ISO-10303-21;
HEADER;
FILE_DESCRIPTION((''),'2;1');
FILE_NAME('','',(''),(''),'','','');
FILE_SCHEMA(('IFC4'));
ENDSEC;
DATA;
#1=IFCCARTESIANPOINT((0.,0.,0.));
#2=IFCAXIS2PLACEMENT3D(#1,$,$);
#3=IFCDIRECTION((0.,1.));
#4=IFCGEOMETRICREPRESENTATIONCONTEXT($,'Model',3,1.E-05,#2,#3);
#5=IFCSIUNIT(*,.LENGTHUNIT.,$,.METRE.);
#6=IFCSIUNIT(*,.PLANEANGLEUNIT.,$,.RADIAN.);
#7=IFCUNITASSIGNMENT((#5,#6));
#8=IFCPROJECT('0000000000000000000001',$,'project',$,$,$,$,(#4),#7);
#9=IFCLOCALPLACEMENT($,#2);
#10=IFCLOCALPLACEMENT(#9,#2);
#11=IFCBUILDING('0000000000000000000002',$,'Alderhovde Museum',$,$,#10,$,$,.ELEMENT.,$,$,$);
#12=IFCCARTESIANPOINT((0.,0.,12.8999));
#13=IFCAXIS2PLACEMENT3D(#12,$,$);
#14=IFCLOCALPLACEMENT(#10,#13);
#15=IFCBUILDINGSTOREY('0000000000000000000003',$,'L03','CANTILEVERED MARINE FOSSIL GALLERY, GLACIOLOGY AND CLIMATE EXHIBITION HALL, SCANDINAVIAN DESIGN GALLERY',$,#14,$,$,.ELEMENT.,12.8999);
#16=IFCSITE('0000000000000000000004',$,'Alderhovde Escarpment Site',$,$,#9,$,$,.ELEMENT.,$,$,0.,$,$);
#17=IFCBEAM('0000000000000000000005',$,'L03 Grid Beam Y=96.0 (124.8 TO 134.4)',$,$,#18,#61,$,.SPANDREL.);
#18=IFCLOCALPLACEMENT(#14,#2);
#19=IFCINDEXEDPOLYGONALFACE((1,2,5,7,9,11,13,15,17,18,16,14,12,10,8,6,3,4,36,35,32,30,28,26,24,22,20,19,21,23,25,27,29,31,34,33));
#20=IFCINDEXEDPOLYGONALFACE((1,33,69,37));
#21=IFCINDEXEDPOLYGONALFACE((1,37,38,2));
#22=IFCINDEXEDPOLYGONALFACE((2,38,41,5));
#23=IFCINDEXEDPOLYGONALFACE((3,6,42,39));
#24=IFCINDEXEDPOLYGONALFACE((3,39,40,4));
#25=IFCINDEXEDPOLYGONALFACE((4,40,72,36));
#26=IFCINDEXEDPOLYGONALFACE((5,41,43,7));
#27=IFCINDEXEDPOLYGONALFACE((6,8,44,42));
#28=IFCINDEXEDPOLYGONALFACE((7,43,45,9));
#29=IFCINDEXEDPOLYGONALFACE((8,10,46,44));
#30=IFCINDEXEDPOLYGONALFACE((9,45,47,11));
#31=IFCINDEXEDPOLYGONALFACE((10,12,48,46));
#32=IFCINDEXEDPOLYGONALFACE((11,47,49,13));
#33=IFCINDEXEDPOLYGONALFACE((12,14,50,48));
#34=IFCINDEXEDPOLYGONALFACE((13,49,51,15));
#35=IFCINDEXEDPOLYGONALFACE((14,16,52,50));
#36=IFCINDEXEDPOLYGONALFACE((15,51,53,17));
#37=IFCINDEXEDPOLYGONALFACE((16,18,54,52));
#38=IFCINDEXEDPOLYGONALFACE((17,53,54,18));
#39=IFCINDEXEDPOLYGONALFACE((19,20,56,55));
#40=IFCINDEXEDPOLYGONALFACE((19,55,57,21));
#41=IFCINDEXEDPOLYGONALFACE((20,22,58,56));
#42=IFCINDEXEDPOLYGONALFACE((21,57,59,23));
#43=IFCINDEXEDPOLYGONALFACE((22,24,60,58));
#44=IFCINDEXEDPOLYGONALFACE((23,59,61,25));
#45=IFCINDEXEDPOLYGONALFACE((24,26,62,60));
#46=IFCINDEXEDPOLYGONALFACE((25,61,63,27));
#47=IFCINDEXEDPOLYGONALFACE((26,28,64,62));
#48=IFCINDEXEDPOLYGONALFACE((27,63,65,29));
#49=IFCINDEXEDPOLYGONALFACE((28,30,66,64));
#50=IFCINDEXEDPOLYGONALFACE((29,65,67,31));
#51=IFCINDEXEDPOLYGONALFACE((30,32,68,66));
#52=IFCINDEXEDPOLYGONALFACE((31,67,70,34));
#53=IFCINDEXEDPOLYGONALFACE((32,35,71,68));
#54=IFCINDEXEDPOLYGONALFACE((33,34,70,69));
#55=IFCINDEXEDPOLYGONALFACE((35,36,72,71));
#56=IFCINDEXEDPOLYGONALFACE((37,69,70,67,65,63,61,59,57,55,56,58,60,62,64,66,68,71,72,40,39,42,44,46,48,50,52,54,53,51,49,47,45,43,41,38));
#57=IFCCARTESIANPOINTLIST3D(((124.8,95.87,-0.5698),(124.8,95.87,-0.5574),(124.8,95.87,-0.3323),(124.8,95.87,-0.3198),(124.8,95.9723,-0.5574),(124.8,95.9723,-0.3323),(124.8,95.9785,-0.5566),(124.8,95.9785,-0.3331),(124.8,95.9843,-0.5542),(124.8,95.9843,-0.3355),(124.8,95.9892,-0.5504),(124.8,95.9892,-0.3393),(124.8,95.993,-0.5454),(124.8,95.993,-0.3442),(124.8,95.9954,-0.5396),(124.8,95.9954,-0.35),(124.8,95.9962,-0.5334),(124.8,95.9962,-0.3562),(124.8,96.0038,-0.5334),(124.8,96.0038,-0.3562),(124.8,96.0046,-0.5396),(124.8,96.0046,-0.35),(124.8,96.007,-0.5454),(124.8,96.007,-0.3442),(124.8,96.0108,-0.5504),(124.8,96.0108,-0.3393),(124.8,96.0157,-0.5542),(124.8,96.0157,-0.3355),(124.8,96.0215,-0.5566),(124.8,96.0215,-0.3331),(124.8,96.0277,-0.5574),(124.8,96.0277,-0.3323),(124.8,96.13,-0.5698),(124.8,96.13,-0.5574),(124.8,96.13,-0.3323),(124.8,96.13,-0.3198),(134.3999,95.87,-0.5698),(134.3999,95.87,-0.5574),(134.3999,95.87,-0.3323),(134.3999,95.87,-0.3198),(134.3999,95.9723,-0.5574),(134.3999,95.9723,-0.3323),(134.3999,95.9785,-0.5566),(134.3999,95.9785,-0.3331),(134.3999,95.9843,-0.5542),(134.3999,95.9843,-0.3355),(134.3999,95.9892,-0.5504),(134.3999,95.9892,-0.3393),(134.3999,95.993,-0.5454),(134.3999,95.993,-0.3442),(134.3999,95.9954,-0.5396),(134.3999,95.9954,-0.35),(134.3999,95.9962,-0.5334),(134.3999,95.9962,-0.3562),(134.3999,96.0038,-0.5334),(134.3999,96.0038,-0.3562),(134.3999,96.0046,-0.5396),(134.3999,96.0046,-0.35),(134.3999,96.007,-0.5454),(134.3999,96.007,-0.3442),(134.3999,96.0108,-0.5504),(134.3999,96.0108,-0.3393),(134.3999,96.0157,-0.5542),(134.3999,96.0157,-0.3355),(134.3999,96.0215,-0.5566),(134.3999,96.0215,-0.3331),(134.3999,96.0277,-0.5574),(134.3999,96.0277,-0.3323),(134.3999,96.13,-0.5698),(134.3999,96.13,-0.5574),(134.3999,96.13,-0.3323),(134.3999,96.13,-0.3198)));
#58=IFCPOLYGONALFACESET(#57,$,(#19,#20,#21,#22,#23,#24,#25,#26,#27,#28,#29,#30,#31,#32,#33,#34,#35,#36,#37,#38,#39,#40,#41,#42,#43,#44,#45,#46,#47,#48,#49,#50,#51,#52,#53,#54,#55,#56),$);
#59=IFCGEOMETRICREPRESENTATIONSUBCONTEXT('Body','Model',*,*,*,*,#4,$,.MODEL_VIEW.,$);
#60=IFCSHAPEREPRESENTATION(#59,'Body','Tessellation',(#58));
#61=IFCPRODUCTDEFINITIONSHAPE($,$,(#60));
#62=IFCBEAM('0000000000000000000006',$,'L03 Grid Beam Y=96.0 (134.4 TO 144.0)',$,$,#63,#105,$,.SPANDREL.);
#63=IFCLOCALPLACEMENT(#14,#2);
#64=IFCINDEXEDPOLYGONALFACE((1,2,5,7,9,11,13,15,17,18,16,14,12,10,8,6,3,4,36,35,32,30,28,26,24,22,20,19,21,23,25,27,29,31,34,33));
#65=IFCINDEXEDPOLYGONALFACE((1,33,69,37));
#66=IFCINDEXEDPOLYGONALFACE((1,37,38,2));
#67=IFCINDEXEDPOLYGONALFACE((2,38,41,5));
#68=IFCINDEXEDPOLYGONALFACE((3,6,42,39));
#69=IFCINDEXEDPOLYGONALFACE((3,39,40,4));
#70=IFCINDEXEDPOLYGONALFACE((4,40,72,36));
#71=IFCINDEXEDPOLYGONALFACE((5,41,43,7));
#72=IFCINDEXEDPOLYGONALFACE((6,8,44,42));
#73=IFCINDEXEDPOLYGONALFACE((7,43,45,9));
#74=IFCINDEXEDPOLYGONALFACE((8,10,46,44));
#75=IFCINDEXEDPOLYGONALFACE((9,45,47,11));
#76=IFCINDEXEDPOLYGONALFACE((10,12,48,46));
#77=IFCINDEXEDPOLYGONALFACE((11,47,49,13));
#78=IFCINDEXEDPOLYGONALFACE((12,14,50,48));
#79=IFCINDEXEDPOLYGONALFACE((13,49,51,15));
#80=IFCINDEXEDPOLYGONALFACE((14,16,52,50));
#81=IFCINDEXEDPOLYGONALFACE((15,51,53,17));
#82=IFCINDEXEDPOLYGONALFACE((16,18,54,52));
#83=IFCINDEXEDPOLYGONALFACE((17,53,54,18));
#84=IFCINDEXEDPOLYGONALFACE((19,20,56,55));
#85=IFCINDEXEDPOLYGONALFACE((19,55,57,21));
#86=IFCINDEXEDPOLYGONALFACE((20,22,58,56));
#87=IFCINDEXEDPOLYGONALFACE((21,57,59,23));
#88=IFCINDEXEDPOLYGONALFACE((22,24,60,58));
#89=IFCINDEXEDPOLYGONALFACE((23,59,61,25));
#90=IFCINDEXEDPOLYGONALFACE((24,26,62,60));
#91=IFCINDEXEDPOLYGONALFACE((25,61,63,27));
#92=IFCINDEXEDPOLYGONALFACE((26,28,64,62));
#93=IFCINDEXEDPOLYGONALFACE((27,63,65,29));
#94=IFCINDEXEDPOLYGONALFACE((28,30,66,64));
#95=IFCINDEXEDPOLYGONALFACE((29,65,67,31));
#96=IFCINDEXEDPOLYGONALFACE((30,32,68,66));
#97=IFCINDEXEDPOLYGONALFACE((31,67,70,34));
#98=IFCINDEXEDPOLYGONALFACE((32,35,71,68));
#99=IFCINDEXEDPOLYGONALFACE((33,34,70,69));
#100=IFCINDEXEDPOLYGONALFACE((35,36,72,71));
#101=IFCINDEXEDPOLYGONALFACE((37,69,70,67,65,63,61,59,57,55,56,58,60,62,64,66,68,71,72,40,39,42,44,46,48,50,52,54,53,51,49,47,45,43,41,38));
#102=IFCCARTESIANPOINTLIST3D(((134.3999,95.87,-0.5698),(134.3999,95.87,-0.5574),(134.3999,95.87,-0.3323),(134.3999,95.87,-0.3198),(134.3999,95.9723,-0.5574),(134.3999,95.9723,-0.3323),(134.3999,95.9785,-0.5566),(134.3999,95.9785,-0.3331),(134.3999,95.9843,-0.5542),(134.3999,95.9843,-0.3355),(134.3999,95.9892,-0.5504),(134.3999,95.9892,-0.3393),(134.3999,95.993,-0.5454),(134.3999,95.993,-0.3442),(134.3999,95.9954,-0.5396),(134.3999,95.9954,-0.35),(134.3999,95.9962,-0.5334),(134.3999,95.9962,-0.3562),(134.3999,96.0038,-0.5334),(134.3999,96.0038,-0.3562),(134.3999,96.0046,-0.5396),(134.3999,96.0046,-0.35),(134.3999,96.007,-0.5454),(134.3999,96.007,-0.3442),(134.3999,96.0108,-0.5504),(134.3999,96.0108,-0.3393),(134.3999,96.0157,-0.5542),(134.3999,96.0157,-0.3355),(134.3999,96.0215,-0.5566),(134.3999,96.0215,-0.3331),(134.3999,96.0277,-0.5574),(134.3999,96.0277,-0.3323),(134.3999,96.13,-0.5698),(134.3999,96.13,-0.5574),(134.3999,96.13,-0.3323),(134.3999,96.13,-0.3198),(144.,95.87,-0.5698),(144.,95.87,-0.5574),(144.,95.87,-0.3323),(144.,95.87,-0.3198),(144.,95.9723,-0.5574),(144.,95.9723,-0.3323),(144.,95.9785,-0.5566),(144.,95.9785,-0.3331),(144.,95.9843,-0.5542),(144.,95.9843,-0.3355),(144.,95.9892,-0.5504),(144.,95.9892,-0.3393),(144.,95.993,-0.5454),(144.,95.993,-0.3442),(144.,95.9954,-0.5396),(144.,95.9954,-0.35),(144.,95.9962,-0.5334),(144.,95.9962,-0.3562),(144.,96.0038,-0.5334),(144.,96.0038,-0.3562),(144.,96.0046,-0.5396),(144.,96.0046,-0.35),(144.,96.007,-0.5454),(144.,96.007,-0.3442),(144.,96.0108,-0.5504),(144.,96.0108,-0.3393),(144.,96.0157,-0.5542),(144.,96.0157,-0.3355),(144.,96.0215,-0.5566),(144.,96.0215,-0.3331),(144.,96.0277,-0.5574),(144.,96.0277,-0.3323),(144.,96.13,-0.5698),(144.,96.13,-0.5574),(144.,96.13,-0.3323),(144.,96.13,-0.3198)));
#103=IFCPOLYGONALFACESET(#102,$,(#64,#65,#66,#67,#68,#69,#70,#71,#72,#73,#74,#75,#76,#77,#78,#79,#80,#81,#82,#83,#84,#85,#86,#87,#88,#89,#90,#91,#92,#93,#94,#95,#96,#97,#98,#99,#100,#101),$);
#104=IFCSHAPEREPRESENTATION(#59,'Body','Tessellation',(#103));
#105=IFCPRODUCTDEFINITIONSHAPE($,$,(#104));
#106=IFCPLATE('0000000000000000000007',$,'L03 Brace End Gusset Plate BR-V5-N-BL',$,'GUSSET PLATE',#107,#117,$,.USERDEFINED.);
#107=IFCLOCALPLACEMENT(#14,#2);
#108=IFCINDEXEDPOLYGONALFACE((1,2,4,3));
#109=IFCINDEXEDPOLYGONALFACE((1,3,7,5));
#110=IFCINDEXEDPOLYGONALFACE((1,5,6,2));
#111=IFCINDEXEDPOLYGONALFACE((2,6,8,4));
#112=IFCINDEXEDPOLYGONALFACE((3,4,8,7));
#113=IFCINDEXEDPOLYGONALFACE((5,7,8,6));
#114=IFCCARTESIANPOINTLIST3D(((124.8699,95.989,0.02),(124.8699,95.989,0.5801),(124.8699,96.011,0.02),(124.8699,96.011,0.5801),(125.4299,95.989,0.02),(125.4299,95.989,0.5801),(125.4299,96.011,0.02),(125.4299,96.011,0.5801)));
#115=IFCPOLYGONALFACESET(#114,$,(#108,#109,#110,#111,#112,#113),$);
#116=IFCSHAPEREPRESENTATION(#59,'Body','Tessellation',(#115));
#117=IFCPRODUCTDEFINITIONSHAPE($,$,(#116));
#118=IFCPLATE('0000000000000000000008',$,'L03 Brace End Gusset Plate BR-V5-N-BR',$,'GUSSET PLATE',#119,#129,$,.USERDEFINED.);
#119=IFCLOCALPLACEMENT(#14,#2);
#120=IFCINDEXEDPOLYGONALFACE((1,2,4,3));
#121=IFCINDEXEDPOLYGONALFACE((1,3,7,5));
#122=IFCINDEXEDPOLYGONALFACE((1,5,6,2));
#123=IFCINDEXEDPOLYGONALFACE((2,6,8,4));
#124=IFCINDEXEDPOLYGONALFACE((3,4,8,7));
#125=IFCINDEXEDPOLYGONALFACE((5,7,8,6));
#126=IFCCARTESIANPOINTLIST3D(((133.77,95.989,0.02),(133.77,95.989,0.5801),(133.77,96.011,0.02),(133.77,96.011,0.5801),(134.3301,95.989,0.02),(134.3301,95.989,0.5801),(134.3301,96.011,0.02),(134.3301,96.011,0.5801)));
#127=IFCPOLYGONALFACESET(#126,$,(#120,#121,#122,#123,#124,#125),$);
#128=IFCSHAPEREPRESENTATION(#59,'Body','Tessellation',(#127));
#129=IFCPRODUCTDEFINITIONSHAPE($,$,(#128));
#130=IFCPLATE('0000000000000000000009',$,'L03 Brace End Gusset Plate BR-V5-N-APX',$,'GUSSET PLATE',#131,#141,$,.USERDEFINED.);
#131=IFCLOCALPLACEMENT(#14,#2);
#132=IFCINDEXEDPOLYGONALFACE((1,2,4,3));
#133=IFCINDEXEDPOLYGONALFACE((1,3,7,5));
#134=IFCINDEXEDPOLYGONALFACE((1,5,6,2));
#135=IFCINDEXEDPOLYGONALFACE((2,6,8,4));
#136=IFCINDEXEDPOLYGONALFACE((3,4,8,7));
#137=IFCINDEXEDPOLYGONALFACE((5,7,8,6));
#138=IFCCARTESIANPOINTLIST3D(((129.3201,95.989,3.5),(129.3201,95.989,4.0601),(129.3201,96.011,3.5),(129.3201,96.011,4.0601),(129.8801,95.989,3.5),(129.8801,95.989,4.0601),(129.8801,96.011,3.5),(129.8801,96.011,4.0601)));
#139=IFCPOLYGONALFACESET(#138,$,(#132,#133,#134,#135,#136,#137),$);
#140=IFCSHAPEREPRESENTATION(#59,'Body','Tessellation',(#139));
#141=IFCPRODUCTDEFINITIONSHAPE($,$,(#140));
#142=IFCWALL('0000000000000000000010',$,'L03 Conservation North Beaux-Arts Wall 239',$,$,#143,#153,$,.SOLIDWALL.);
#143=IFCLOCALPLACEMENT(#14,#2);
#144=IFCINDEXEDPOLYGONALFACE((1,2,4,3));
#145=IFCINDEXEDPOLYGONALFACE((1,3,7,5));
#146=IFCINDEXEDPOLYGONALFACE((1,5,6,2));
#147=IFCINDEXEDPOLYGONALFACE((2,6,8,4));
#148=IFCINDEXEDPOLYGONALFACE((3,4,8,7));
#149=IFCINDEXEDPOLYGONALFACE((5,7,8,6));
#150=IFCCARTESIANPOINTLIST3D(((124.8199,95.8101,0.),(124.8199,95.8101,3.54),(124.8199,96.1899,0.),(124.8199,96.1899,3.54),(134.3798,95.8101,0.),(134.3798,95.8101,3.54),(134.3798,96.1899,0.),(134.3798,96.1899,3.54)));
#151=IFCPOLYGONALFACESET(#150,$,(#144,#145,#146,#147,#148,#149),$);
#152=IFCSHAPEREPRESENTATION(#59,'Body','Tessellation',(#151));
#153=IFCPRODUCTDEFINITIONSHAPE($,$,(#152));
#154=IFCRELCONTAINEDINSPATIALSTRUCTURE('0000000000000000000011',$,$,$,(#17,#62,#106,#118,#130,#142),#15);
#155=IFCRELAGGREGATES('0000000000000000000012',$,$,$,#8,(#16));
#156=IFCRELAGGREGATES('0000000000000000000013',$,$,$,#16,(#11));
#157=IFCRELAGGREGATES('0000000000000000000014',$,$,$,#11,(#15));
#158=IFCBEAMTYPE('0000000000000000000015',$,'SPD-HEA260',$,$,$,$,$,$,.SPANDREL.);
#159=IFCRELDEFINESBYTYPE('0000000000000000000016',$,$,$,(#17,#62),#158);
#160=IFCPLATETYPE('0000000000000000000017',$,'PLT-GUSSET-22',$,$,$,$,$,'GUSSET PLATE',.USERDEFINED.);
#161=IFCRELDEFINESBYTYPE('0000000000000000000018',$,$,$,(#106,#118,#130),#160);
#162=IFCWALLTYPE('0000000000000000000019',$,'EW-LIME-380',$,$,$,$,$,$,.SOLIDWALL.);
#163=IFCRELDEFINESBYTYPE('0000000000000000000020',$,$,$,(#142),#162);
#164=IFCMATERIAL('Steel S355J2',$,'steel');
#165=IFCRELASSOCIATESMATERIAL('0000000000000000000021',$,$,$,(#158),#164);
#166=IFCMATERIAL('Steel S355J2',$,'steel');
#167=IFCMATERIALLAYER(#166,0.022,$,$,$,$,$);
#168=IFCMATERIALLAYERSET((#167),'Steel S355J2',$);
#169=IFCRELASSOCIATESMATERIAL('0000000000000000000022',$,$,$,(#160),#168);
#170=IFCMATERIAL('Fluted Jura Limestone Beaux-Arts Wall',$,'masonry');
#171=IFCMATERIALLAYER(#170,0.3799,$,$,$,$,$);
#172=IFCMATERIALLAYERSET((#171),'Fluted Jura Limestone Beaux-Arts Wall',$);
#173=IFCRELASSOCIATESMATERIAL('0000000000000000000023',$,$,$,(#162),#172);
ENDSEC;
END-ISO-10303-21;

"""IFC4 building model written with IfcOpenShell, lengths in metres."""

from ifc_helpers import new_model, si_unit, direction, frame, frame_2d, origin, origin_2d, place, context, subcontext, project, spatial, rectangle, i_section, extrude, material, layer, layer_set, material_profile, profile_set, type_object, element, save


model = new_model("IFC4")

# Units and contexts
model_context = context("Model", 3, precision=1e-05, world=origin(), true_north=direction((0.0, 1.0)))
body_context = subcontext(model_context, "Body", "Model", "MODEL_VIEW")
ifc_project = project(units=[si_unit("LENGTHUNIT", "METRE"), si_unit("PLANEANGLEUNIT", "RADIAN")], contexts=[model_context])

# Site, building, storey
site_placement = place(None, origin())
site = spatial("IfcSite", under=ifc_project, at=site_placement, Name="Alderhovde Escarpment Site", CompositionType="ELEMENT", RefElevation=0.0)
building_placement = place(site_placement, origin())
building = spatial("IfcBuilding", under=site, at=building_placement, Name="Alderhovde Museum", CompositionType="ELEMENT")
storey_placement = place(building_placement, frame((0.0, 0.0, 12.8999)))
storey = spatial("IfcBuildingStorey", under=building, at=storey_placement, Name="L03", Description="CANTILEVERED MARINE FOSSIL GALLERY, GLACIOLOGY AND CLIMATE EXHIBITION HALL, SCANDINAVIAN DESIGN GALLERY", CompositionType="ELEMENT", Elevation=12.8999)

# Beams
ifc_material_1 = material(Name="Steel S355J2", Category="steel")
ifc_material_profile_1 = material_profile(ifc_material_1, i_section(OverallWidth=0.26, OverallDepth=0.25, WebThickness=0.0076, FlangeThickness=0.0125, FilletRadius=0.0239, at=origin_2d()), Name="HEA 260")
ifc_profile_set_1 = profile_set([ifc_material_profile_1], Name="Steel S355J2")
beam_type_1 = type_object("IfcBeamType", Name="SPD-HEA260", PredefinedType="SPANDREL", material=ifc_profile_set_1)
beam_1_placement = place(storey_placement, frame((124.8, 96.0, -0.4448), z_axis=(1.0, 0.0, 0.0), x_axis=(0.0, 1.0, 0.0)))
element("IfcBeam", 1, at=beam_1_placement, inside=storey, type_object=beam_type_1, Name="L03 Grid Beam Y=96.0 (124.8 TO 134.4)", PredefinedType="SPANDREL", context=body_context, shape_type="SweptSolid", body=[
    extrude(i_section(OverallWidth=0.26, OverallDepth=0.25, WebThickness=0.0076, FlangeThickness=0.0125, FilletRadius=0.0239, at=origin_2d()), origin(), (0.0, 0.0, 1.0), 9.5999),
])
beam_2_placement = place(storey_placement, frame((134.3999, 96.0, -0.4448), z_axis=(1.0, 0.0, 0.0), x_axis=(0.0, 1.0, 0.0)))
element("IfcBeam", 2, at=beam_2_placement, inside=storey, type_object=beam_type_1, Name="L03 Grid Beam Y=96.0 (134.4 TO 144.0)", PredefinedType="SPANDREL", context=body_context, shape_type="SweptSolid", body=[
    extrude(i_section(OverallWidth=0.26, OverallDepth=0.25, WebThickness=0.0076, FlangeThickness=0.0125, FilletRadius=0.0239, at=origin_2d()), origin(), (0.0, 0.0, 1.0), 9.6001),
])

# Plates
ifc_material_2 = material(Name="Steel S355J2", Category="steel")
ifc_layer_1 = layer(ifc_material_2, 0.022)
ifc_layer_set_1 = layer_set([ifc_layer_1], Name="Steel S355J2")
plate_type = type_object("IfcPlateType", Name="PLT-GUSSET-22", ElementType="GUSSET PLATE", PredefinedType="USERDEFINED", material=ifc_layer_set_1)
for number, where, z_axis, x_axis, name in (
    (3, (125.1499, 96.0, 0.02), (0.0, 0.0, 1.0), (1.0, 0.0, 0.0), "L03 Brace End Gusset Plate BR-V5-N-BL"),
    (4, (134.05, 96.0, 0.02), (0.0, 0.0, 1.0), (1.0, 0.0, 0.0), "L03 Brace End Gusset Plate BR-V5-N-BR"),
    (5, (129.6001, 96.0, 3.5), (0.0, 0.0, 1.0), (1.0, 0.0, 0.0), "L03 Brace End Gusset Plate BR-V5-N-APX"),
):
    element("IfcPlate", number, at=place(storey_placement, frame(where, z_axis=z_axis, x_axis=x_axis)), inside=storey, type_object=plate_type, Name=name, ObjectType="GUSSET PLATE", PredefinedType="USERDEFINED", context=body_context, shape_type="SweptSolid", body=[
        extrude(rectangle(XDim=0.5601, YDim=0.022, at=origin_2d()), origin(), (0.0, 0.0, 1.0), 0.5601),
    ])

# Wall
ifc_material_3 = material(Name="Fluted Jura Limestone Beaux-Arts Wall", Category="masonry")
ifc_layer_2 = layer(ifc_material_3, 0.3799)
ifc_layer_set_2 = layer_set([ifc_layer_2], Name="Fluted Jura Limestone Beaux-Arts Wall")
wall_type_1 = type_object("IfcWallType", Name="EW-LIME-380", PredefinedType="SOLIDWALL", material=ifc_layer_set_2)
wall_1_placement = place(storey_placement, frame((124.8201, 96.0, 0.0), z_axis=(0.0, 0.0, 1.0), x_axis=(1.0, 0.0, 0.0)))
element("IfcWall", 6, at=wall_1_placement, inside=storey, type_object=wall_type_1, Name="L03 Conservation North Beaux-Arts Wall 239", PredefinedType="SOLIDWALL", context=body_context, shape_type="SweptSolid", body=[
    extrude(rectangle(XDim=9.5598, YDim=0.3799, at=frame_2d((4.7798, 0.0))), origin(), (0.0, 0.0, 1.0), 3.54),
])

save(model, "model.ifc")
